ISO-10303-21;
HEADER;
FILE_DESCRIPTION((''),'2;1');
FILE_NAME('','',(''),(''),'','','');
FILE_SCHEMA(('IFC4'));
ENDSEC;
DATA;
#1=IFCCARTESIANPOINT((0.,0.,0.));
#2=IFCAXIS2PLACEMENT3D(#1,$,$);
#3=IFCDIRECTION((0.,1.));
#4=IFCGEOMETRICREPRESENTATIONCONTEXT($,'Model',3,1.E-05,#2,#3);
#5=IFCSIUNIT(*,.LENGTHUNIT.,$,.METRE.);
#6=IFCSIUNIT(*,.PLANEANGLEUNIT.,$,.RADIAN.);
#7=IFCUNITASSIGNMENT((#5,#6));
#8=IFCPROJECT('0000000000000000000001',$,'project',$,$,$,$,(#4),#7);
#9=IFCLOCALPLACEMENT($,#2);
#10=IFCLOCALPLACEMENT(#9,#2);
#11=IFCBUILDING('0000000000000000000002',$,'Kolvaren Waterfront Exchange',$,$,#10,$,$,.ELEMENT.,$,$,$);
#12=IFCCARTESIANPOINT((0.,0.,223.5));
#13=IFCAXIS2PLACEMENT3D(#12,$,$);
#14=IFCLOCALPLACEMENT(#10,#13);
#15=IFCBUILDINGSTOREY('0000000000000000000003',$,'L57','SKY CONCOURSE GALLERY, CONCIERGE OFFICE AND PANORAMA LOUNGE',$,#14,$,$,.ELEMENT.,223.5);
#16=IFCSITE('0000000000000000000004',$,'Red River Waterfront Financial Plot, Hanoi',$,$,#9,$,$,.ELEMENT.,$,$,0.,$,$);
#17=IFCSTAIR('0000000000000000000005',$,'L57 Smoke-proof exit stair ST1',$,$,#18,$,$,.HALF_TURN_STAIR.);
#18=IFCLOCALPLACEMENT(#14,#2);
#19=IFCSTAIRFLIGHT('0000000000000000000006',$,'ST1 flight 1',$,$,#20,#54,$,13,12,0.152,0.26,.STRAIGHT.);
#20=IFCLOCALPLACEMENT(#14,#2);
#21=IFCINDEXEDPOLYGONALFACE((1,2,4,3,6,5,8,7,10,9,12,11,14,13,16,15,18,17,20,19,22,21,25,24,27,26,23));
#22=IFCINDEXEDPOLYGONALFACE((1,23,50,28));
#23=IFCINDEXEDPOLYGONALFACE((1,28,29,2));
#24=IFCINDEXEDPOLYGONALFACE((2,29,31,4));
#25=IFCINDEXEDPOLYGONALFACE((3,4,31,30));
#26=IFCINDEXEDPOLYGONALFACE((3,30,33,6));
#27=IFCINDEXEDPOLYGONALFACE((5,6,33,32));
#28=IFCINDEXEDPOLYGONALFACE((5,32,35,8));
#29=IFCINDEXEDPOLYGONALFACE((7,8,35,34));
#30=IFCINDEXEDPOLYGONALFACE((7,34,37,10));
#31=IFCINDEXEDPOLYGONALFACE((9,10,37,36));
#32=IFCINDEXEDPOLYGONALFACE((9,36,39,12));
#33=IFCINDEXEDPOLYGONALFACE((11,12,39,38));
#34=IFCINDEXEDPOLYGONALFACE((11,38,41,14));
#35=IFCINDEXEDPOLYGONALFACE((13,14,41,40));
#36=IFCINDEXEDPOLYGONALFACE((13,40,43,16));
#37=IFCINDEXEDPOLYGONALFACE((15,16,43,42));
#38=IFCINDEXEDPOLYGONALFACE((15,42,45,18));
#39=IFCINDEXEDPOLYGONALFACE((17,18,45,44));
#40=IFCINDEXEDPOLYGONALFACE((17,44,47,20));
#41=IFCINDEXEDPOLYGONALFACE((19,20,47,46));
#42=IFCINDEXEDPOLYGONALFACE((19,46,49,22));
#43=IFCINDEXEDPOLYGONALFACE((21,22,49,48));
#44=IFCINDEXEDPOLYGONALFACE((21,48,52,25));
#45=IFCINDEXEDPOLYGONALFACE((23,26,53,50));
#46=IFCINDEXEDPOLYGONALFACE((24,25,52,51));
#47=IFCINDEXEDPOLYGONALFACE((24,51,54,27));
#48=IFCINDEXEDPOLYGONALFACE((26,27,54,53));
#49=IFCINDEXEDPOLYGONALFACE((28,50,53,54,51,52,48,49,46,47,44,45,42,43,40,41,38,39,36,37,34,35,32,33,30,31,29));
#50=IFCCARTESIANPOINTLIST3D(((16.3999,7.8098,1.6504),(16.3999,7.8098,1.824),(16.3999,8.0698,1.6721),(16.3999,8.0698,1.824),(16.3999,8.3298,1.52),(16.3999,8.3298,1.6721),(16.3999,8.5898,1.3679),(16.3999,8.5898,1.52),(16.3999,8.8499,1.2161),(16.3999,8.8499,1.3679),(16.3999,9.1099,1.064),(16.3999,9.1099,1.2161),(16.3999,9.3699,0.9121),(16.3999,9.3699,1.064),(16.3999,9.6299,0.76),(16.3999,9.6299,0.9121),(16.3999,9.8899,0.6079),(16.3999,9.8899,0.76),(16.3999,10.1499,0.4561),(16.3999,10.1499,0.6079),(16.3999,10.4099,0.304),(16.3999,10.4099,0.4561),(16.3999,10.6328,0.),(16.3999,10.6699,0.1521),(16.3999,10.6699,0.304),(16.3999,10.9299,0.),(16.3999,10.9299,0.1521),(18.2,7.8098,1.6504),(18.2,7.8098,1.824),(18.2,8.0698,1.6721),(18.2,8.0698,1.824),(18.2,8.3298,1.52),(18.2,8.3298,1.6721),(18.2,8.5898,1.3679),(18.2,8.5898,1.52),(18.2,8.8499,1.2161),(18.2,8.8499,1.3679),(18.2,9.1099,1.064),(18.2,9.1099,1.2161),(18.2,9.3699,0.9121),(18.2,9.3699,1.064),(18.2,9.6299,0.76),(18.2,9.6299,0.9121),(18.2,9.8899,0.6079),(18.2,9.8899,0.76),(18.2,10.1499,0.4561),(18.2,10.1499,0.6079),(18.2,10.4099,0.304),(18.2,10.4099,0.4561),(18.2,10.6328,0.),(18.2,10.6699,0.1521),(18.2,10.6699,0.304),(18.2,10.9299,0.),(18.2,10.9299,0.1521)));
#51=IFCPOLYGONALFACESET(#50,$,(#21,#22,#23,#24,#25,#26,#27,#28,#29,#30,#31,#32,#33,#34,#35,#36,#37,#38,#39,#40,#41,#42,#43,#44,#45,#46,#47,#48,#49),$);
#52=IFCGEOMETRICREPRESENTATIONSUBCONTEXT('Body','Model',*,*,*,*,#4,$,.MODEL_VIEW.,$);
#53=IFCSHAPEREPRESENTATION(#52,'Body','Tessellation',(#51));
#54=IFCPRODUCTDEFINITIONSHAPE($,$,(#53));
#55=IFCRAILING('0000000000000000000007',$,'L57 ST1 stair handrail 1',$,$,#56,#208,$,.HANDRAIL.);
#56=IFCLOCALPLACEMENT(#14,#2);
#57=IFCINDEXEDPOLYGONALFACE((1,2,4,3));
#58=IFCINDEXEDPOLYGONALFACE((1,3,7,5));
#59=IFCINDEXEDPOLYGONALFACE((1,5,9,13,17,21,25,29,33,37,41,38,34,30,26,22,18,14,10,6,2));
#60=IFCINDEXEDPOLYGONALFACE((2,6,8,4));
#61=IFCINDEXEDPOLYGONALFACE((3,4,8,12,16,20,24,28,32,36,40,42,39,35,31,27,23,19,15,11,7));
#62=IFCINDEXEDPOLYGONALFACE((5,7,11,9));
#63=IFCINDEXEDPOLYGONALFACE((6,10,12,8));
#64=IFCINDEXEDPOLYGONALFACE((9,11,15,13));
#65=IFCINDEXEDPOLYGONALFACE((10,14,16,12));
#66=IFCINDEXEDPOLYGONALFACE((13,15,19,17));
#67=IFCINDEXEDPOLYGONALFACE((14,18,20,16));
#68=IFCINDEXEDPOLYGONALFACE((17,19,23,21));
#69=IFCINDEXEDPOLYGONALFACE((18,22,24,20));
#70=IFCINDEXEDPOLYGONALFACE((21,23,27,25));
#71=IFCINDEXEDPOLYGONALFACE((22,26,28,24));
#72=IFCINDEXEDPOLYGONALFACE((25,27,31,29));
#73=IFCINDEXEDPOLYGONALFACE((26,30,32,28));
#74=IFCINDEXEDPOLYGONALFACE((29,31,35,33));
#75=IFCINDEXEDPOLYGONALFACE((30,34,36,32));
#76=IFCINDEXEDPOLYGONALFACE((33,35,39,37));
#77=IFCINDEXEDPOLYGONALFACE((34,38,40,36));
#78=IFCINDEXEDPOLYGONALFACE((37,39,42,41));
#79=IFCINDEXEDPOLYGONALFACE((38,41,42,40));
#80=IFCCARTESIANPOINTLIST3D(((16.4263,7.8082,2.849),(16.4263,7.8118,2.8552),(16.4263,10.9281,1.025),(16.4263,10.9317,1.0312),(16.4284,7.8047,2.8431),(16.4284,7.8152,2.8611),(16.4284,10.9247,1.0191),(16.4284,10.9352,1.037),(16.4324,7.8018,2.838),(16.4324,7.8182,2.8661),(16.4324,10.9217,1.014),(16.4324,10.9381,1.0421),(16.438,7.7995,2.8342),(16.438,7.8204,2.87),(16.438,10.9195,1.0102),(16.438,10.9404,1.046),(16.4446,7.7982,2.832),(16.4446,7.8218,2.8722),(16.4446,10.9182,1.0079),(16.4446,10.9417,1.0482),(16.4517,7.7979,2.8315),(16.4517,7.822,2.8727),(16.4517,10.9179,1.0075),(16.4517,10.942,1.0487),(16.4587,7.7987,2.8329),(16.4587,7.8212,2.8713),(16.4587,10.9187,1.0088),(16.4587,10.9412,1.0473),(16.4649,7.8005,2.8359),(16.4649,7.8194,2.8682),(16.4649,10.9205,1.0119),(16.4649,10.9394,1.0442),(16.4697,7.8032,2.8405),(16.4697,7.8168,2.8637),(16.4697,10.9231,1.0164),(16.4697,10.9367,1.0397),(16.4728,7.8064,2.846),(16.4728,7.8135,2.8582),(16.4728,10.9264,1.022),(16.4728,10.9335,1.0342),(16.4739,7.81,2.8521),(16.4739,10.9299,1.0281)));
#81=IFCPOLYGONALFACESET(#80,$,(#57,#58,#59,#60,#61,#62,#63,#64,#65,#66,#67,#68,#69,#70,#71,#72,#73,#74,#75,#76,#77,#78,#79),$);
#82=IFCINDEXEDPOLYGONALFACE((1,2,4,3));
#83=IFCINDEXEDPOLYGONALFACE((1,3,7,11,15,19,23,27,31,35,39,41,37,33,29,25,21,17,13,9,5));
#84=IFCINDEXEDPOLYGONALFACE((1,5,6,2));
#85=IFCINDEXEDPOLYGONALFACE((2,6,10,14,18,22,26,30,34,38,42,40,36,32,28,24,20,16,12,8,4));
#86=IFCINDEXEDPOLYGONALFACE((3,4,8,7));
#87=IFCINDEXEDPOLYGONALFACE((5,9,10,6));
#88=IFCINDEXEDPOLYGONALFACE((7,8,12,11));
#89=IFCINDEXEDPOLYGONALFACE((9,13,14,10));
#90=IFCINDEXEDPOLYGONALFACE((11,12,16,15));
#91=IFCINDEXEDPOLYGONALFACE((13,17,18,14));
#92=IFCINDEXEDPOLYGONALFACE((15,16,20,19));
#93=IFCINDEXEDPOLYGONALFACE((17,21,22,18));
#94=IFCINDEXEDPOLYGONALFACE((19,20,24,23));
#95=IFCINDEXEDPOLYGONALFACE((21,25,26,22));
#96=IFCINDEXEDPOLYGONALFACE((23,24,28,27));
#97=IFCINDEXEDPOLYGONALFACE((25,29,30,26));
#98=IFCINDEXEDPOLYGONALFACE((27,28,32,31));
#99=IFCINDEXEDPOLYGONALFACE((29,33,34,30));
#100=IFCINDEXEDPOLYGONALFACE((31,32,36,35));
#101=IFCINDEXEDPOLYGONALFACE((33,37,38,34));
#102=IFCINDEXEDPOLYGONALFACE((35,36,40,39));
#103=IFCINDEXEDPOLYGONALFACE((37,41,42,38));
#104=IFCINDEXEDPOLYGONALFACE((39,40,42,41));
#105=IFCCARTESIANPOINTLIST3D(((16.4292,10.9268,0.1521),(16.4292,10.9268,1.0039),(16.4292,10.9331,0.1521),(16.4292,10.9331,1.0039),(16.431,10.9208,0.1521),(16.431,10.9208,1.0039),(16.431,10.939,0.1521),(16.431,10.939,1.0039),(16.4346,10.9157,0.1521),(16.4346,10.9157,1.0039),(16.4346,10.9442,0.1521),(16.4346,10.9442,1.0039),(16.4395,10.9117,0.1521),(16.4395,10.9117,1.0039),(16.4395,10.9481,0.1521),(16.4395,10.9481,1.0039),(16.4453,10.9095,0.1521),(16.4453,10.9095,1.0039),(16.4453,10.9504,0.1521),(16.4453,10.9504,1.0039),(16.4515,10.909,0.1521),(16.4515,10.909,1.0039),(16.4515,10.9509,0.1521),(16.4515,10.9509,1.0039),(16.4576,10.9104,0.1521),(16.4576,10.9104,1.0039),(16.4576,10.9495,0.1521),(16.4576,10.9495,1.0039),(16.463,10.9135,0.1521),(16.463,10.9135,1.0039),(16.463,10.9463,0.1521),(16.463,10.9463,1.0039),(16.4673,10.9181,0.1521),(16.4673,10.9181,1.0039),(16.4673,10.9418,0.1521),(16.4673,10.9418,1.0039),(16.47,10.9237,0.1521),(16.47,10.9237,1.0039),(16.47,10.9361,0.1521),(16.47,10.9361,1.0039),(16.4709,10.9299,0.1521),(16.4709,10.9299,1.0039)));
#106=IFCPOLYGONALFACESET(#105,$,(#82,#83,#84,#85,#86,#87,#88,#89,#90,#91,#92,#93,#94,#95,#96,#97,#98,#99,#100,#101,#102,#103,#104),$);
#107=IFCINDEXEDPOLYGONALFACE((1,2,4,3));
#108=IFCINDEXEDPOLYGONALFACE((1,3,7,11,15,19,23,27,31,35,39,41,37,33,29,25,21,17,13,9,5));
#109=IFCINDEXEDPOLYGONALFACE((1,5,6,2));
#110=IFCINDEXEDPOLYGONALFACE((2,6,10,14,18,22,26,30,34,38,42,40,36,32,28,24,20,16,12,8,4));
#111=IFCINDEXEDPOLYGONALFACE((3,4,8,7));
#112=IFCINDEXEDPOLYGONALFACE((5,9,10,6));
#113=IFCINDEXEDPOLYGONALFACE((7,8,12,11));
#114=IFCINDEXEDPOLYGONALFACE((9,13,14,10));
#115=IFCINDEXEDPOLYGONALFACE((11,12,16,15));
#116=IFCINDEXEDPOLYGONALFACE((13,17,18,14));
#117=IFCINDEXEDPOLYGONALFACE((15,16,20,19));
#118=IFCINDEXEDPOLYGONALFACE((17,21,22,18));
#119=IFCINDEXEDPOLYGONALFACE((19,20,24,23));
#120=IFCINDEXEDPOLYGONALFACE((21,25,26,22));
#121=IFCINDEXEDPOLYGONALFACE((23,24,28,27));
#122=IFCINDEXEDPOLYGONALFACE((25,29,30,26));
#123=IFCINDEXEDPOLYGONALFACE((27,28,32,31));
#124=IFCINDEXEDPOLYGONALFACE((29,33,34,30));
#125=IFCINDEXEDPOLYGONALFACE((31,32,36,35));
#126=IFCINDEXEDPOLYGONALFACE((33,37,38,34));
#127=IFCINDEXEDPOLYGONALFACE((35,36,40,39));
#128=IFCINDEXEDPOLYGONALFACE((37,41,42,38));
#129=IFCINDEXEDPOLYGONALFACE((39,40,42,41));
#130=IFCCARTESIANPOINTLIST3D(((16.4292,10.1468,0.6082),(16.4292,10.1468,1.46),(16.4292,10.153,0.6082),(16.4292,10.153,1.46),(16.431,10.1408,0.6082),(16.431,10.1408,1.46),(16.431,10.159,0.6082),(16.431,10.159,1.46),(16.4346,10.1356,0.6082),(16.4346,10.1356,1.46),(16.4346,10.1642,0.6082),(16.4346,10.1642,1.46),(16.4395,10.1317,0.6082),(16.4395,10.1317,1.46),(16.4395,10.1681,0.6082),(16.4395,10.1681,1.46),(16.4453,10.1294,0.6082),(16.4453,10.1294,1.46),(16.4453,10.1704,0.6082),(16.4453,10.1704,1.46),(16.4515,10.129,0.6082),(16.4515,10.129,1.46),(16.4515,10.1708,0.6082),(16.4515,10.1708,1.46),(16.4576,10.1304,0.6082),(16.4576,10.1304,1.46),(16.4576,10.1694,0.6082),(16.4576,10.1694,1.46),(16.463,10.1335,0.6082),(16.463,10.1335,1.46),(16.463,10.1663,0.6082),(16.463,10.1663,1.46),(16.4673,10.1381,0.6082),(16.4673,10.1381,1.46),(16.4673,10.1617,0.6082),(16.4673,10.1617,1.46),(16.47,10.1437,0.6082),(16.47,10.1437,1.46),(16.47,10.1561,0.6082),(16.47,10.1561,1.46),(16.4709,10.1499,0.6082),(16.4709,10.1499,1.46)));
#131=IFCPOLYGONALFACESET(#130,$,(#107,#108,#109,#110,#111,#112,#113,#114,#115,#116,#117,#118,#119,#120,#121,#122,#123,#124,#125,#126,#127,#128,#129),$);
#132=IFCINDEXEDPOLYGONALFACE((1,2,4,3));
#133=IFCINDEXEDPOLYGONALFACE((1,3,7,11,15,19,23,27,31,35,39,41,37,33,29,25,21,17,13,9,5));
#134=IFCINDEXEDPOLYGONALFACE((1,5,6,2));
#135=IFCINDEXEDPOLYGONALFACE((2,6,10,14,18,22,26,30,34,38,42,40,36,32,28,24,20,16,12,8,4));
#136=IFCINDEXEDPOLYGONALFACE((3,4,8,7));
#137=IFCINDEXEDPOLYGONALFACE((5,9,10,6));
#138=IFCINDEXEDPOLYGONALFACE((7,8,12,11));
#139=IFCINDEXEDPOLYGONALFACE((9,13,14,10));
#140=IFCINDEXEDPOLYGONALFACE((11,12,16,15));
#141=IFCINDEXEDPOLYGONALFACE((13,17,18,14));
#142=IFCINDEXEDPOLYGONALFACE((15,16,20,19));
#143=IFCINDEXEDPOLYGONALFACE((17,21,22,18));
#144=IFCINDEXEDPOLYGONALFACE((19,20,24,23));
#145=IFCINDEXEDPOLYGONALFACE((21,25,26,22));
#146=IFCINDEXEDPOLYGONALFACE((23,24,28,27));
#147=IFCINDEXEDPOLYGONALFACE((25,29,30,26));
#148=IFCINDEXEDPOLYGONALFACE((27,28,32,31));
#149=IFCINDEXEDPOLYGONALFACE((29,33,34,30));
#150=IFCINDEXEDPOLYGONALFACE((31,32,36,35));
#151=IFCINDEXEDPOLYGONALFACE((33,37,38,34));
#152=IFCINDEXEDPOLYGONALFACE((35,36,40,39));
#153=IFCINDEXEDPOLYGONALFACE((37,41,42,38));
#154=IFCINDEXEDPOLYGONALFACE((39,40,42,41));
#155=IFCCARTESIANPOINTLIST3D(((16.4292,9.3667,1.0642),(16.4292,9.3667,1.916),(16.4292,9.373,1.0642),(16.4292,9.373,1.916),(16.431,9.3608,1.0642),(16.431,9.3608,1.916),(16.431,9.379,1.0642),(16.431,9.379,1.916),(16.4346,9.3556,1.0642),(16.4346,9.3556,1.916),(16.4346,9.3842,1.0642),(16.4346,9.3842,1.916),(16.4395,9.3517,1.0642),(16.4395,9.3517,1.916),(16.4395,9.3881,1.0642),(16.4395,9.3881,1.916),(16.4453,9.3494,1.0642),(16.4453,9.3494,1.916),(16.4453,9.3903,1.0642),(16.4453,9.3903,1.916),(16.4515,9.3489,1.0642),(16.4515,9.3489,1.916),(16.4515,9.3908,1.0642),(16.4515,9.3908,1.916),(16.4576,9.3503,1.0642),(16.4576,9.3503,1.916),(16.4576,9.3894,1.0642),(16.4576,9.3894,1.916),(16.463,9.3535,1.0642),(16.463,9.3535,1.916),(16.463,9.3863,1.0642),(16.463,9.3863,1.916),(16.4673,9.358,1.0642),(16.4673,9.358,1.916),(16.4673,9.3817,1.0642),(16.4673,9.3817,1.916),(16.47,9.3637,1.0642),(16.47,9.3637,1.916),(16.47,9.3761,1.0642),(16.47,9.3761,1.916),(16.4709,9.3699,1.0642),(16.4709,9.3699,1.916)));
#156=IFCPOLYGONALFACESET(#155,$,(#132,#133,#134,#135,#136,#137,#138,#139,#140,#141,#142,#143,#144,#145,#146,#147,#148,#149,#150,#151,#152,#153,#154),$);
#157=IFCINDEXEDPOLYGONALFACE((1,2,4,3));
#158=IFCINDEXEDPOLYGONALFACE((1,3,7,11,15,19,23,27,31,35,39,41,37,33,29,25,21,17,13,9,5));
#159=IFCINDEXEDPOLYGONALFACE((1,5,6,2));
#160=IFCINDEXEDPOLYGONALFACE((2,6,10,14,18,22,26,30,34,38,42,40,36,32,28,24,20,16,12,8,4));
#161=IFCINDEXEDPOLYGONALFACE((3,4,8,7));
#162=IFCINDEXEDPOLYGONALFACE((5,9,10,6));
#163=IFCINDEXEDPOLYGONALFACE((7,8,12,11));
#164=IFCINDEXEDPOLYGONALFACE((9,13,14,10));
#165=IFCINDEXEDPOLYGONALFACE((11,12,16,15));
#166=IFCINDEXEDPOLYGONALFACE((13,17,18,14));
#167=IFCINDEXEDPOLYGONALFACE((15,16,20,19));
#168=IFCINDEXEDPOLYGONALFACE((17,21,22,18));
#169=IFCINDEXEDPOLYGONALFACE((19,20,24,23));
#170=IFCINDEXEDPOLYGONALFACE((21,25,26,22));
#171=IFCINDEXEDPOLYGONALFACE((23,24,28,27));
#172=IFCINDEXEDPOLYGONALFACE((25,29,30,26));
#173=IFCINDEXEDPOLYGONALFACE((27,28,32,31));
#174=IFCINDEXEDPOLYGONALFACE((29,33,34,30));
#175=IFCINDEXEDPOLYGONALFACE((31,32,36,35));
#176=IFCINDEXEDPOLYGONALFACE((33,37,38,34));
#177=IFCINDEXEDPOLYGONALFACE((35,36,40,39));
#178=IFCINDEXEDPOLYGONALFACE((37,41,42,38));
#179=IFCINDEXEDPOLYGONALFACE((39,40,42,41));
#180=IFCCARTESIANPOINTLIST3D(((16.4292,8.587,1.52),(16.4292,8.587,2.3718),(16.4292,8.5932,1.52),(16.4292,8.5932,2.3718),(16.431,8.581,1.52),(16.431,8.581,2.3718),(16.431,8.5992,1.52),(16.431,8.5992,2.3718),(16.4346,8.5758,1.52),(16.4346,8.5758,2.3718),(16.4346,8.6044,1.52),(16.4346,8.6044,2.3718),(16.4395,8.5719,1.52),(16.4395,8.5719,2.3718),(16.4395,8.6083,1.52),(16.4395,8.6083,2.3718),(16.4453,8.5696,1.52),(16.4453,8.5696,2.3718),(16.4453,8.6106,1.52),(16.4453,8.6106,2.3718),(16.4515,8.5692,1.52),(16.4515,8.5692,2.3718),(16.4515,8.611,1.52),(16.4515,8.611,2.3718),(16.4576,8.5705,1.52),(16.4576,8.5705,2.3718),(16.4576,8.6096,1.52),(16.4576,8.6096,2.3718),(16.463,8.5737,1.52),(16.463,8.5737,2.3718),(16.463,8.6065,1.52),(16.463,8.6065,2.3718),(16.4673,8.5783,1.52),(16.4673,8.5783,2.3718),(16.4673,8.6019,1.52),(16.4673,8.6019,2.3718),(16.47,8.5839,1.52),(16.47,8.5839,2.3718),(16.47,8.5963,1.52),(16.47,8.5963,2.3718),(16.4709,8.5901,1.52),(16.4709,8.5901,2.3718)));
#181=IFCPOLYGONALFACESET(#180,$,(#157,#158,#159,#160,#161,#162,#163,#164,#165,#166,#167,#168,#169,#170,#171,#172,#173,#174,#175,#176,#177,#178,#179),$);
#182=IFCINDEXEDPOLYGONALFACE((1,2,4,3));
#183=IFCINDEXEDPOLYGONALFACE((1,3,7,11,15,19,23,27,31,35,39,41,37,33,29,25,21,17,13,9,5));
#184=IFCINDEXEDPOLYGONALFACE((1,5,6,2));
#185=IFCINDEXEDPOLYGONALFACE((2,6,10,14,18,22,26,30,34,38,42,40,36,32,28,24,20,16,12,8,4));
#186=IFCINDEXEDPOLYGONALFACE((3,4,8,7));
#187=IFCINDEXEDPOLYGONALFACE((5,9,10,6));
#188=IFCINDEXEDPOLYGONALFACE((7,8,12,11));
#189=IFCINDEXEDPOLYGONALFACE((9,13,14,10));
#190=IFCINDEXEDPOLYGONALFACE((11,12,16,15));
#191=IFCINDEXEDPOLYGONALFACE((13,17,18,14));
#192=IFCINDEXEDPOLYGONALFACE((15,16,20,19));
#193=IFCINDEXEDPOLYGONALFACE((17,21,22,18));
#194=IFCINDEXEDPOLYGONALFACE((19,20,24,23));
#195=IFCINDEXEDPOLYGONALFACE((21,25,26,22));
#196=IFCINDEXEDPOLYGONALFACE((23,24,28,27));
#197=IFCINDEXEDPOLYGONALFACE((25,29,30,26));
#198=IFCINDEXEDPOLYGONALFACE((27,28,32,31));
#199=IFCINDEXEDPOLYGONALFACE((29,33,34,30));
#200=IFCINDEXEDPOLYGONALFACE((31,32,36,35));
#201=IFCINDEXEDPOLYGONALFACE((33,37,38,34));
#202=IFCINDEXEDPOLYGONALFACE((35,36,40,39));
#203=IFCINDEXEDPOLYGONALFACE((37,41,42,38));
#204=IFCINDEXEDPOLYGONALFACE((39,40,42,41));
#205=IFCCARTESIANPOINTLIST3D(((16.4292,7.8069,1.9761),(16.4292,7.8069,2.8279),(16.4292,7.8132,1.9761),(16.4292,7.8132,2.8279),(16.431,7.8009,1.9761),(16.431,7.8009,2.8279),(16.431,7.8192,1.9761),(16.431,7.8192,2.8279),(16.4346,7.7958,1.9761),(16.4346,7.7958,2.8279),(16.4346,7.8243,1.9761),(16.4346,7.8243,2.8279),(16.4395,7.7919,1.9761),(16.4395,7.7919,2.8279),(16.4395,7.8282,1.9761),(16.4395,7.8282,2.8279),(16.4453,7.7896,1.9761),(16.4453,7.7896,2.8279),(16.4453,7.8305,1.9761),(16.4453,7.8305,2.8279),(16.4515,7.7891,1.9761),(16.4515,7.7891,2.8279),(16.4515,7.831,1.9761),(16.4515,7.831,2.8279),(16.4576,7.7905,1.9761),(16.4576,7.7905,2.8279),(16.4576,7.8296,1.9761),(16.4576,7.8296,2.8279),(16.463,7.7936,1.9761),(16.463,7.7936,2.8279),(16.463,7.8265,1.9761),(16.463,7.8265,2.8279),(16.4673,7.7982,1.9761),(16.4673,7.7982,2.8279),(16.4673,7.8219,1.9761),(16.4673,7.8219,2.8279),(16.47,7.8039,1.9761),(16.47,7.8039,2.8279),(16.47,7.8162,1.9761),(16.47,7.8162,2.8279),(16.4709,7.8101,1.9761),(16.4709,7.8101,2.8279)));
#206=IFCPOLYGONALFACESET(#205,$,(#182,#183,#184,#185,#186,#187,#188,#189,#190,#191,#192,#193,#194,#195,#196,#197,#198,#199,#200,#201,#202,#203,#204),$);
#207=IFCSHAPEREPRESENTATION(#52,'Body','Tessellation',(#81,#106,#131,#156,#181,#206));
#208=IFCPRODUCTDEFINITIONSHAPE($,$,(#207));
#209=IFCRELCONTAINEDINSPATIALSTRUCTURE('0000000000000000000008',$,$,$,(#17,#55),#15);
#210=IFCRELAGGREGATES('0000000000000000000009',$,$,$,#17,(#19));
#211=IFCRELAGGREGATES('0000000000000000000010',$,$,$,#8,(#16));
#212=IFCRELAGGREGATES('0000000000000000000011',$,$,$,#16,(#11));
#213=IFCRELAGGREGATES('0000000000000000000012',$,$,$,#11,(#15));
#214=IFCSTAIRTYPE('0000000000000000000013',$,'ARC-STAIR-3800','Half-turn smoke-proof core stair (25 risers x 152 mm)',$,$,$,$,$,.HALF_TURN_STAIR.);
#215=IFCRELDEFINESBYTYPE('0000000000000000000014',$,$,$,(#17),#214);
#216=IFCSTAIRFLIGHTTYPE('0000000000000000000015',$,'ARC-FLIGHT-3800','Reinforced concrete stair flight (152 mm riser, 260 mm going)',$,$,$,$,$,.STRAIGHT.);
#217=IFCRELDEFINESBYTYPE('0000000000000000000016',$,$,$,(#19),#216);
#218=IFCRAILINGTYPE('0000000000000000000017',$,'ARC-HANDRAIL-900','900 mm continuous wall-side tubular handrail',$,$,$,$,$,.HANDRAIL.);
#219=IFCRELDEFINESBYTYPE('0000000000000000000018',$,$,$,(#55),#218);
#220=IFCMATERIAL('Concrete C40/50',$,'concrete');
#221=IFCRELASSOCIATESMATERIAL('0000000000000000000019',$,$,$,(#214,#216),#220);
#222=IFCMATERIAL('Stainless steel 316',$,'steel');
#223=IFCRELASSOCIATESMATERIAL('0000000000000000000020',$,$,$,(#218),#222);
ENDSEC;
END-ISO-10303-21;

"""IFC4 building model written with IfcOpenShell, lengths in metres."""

from ifc_helpers import new_model, si_unit, direction, frame, origin, origin_2d, place, context, subcontext, project, spatial, polyline, circle, outline, extrude, material, type_object, element, aggregate, save


model = new_model("IFC4")

# Units and contexts
model_context = context("Model", 3, precision=1e-05, world=origin(), true_north=direction((0.0, 1.0)))
body_context = subcontext(model_context, "Body", "Model", "MODEL_VIEW")
ifc_project = project(units=[si_unit("LENGTHUNIT", "METRE"), si_unit("PLANEANGLEUNIT", "RADIAN")], contexts=[model_context])

# Site, building, storey
site_placement = place(None, origin())
site = spatial("IfcSite", under=ifc_project, at=site_placement, Name="Red River Waterfront Financial Plot, Hanoi", CompositionType="ELEMENT", RefElevation=0.0)
building_placement = place(site_placement, origin())
building = spatial("IfcBuilding", under=site, at=building_placement, Name="Kolvaren Waterfront Exchange", CompositionType="ELEMENT")
storey_placement = place(building_placement, frame((0.0, 0.0, 223.5)))
storey = spatial("IfcBuildingStorey", under=building, at=storey_placement, Name="L57", Description="SKY CONCOURSE GALLERY, CONCIERGE OFFICE AND PANORAMA LOUNGE", CompositionType="ELEMENT", Elevation=223.5)

# Shared definitions
ifc_material_1 = material(Name="Concrete C40/50", Category="concrete")

# Stair, stair flight
stair_type = type_object("IfcStairType", Name="ARC-STAIR-3800", Description="Half-turn smoke-proof core stair (25 risers x 152 mm)", PredefinedType="HALF_TURN_STAIR", material=ifc_material_1)
stair_placement = place(storey_placement, origin())
stair = element("IfcStair", 1, at=stair_placement, inside=storey, type_object=stair_type, Name="L57 Smoke-proof exit stair ST1", PredefinedType="HALF_TURN_STAIR")
stair_flight_type = type_object("IfcStairFlightType", Name="ARC-FLIGHT-3800", Description="Reinforced concrete stair flight (152 mm riser, 260 mm going)", PredefinedType="STRAIGHT", material=ifc_material_1)
stair_flight_placement = place(storey_placement, frame((17.3, 10.9299, 0.0), z_axis=(0.0, 0.0, 1.0), x_axis=(0.0, -1.0, 0.0)))
stair_flight = element("IfcStairFlight", 2, at=stair_flight_placement, type_object=stair_flight_type, Name="ST1 flight 1", NumberOfRisers=13, NumberOfTreads=12, PredefinedType="STRAIGHT", RiserHeight=0.152, TreadLength=0.26, context=body_context, shape_type="SweptSolid", body=[
    extrude(outline(polyline([(0.0, 0.0), (0.0, 0.1521), (0.26, 0.1521), (0.26, 0.304), (0.52, 0.304), (0.52, 0.4561), (0.78, 0.4561), (0.78, 0.6079), (1.04, 0.6079), (1.04, 0.76), (1.3, 0.76), (1.3, 0.9121), (1.5601, 0.9121), (1.5601, 1.064), (1.8201, 1.064), (1.8201, 1.2161), (2.0801, 1.2161), (2.0801, 1.3679), (2.3401, 1.3679), (2.3401, 1.52), (2.6001, 1.52), (2.6001, 1.6721), (2.8601, 1.6721), (2.8601, 1.824), (3.1201, 1.824), (3.1201, 1.9761), (3.1201, 1.6504), (0.2971, 0.0), (0.0, 0.0)])), frame((0.0, 0.8999, 0.0), z_axis=(0.0, -1.0, 0.0), x_axis=(1.0, 0.0, 0.0)), (0.0, 0.0, 1.0), 1.8),
])
aggregate(stair, [stair_flight])

# Railing
ifc_material_2 = material(Name="Stainless steel 316", Category="steel")
railing_type = type_object("IfcRailingType", Name="ARC-HANDRAIL-900", Description="900 mm continuous wall-side tubular handrail", PredefinedType="HANDRAIL", material=ifc_material_2)
railing_placement = place(storey_placement, frame((16.45, 10.9299, 0.1521)))
element("IfcRailing", 3, at=railing_placement, inside=storey, type_object=railing_type, Name="L57 ST1 stair handrail 1", PredefinedType="HANDRAIL", context=body_context, shape_type="SweptSolid", body=[
    extrude(circle(Radius=0.0239, at=origin_2d()), frame((0.0, 0.0, 0.876), z_axis=(0.0, -0.863291, 0.504707), x_axis=(1.0, 0.0, 0.0)), (0.0, 0.0, 1.0), 3.614),
    extrude(circle(Radius=0.021, at=origin_2d()), origin(), (0.0, 0.0, 1.0), 0.8518),
    extrude(circle(Radius=0.021, at=origin_2d()), frame((0.0, -0.78, 0.4561)), (0.0, 0.0, 1.0), 0.8518),
    extrude(circle(Radius=0.021, at=origin_2d()), frame((0.0, -1.5601, 0.9121)), (0.0, 0.0, 1.0), 0.8518),
    extrude(circle(Radius=0.021, at=origin_2d()), frame((0.0, -2.3398, 1.3679)), (0.0, 0.0, 1.0), 0.8518),
    extrude(circle(Radius=0.021, at=origin_2d()), frame((0.0, -3.1199, 1.824)), (0.0, 0.0, 1.0), 0.8518),
])

save(model, "model.ifc")
